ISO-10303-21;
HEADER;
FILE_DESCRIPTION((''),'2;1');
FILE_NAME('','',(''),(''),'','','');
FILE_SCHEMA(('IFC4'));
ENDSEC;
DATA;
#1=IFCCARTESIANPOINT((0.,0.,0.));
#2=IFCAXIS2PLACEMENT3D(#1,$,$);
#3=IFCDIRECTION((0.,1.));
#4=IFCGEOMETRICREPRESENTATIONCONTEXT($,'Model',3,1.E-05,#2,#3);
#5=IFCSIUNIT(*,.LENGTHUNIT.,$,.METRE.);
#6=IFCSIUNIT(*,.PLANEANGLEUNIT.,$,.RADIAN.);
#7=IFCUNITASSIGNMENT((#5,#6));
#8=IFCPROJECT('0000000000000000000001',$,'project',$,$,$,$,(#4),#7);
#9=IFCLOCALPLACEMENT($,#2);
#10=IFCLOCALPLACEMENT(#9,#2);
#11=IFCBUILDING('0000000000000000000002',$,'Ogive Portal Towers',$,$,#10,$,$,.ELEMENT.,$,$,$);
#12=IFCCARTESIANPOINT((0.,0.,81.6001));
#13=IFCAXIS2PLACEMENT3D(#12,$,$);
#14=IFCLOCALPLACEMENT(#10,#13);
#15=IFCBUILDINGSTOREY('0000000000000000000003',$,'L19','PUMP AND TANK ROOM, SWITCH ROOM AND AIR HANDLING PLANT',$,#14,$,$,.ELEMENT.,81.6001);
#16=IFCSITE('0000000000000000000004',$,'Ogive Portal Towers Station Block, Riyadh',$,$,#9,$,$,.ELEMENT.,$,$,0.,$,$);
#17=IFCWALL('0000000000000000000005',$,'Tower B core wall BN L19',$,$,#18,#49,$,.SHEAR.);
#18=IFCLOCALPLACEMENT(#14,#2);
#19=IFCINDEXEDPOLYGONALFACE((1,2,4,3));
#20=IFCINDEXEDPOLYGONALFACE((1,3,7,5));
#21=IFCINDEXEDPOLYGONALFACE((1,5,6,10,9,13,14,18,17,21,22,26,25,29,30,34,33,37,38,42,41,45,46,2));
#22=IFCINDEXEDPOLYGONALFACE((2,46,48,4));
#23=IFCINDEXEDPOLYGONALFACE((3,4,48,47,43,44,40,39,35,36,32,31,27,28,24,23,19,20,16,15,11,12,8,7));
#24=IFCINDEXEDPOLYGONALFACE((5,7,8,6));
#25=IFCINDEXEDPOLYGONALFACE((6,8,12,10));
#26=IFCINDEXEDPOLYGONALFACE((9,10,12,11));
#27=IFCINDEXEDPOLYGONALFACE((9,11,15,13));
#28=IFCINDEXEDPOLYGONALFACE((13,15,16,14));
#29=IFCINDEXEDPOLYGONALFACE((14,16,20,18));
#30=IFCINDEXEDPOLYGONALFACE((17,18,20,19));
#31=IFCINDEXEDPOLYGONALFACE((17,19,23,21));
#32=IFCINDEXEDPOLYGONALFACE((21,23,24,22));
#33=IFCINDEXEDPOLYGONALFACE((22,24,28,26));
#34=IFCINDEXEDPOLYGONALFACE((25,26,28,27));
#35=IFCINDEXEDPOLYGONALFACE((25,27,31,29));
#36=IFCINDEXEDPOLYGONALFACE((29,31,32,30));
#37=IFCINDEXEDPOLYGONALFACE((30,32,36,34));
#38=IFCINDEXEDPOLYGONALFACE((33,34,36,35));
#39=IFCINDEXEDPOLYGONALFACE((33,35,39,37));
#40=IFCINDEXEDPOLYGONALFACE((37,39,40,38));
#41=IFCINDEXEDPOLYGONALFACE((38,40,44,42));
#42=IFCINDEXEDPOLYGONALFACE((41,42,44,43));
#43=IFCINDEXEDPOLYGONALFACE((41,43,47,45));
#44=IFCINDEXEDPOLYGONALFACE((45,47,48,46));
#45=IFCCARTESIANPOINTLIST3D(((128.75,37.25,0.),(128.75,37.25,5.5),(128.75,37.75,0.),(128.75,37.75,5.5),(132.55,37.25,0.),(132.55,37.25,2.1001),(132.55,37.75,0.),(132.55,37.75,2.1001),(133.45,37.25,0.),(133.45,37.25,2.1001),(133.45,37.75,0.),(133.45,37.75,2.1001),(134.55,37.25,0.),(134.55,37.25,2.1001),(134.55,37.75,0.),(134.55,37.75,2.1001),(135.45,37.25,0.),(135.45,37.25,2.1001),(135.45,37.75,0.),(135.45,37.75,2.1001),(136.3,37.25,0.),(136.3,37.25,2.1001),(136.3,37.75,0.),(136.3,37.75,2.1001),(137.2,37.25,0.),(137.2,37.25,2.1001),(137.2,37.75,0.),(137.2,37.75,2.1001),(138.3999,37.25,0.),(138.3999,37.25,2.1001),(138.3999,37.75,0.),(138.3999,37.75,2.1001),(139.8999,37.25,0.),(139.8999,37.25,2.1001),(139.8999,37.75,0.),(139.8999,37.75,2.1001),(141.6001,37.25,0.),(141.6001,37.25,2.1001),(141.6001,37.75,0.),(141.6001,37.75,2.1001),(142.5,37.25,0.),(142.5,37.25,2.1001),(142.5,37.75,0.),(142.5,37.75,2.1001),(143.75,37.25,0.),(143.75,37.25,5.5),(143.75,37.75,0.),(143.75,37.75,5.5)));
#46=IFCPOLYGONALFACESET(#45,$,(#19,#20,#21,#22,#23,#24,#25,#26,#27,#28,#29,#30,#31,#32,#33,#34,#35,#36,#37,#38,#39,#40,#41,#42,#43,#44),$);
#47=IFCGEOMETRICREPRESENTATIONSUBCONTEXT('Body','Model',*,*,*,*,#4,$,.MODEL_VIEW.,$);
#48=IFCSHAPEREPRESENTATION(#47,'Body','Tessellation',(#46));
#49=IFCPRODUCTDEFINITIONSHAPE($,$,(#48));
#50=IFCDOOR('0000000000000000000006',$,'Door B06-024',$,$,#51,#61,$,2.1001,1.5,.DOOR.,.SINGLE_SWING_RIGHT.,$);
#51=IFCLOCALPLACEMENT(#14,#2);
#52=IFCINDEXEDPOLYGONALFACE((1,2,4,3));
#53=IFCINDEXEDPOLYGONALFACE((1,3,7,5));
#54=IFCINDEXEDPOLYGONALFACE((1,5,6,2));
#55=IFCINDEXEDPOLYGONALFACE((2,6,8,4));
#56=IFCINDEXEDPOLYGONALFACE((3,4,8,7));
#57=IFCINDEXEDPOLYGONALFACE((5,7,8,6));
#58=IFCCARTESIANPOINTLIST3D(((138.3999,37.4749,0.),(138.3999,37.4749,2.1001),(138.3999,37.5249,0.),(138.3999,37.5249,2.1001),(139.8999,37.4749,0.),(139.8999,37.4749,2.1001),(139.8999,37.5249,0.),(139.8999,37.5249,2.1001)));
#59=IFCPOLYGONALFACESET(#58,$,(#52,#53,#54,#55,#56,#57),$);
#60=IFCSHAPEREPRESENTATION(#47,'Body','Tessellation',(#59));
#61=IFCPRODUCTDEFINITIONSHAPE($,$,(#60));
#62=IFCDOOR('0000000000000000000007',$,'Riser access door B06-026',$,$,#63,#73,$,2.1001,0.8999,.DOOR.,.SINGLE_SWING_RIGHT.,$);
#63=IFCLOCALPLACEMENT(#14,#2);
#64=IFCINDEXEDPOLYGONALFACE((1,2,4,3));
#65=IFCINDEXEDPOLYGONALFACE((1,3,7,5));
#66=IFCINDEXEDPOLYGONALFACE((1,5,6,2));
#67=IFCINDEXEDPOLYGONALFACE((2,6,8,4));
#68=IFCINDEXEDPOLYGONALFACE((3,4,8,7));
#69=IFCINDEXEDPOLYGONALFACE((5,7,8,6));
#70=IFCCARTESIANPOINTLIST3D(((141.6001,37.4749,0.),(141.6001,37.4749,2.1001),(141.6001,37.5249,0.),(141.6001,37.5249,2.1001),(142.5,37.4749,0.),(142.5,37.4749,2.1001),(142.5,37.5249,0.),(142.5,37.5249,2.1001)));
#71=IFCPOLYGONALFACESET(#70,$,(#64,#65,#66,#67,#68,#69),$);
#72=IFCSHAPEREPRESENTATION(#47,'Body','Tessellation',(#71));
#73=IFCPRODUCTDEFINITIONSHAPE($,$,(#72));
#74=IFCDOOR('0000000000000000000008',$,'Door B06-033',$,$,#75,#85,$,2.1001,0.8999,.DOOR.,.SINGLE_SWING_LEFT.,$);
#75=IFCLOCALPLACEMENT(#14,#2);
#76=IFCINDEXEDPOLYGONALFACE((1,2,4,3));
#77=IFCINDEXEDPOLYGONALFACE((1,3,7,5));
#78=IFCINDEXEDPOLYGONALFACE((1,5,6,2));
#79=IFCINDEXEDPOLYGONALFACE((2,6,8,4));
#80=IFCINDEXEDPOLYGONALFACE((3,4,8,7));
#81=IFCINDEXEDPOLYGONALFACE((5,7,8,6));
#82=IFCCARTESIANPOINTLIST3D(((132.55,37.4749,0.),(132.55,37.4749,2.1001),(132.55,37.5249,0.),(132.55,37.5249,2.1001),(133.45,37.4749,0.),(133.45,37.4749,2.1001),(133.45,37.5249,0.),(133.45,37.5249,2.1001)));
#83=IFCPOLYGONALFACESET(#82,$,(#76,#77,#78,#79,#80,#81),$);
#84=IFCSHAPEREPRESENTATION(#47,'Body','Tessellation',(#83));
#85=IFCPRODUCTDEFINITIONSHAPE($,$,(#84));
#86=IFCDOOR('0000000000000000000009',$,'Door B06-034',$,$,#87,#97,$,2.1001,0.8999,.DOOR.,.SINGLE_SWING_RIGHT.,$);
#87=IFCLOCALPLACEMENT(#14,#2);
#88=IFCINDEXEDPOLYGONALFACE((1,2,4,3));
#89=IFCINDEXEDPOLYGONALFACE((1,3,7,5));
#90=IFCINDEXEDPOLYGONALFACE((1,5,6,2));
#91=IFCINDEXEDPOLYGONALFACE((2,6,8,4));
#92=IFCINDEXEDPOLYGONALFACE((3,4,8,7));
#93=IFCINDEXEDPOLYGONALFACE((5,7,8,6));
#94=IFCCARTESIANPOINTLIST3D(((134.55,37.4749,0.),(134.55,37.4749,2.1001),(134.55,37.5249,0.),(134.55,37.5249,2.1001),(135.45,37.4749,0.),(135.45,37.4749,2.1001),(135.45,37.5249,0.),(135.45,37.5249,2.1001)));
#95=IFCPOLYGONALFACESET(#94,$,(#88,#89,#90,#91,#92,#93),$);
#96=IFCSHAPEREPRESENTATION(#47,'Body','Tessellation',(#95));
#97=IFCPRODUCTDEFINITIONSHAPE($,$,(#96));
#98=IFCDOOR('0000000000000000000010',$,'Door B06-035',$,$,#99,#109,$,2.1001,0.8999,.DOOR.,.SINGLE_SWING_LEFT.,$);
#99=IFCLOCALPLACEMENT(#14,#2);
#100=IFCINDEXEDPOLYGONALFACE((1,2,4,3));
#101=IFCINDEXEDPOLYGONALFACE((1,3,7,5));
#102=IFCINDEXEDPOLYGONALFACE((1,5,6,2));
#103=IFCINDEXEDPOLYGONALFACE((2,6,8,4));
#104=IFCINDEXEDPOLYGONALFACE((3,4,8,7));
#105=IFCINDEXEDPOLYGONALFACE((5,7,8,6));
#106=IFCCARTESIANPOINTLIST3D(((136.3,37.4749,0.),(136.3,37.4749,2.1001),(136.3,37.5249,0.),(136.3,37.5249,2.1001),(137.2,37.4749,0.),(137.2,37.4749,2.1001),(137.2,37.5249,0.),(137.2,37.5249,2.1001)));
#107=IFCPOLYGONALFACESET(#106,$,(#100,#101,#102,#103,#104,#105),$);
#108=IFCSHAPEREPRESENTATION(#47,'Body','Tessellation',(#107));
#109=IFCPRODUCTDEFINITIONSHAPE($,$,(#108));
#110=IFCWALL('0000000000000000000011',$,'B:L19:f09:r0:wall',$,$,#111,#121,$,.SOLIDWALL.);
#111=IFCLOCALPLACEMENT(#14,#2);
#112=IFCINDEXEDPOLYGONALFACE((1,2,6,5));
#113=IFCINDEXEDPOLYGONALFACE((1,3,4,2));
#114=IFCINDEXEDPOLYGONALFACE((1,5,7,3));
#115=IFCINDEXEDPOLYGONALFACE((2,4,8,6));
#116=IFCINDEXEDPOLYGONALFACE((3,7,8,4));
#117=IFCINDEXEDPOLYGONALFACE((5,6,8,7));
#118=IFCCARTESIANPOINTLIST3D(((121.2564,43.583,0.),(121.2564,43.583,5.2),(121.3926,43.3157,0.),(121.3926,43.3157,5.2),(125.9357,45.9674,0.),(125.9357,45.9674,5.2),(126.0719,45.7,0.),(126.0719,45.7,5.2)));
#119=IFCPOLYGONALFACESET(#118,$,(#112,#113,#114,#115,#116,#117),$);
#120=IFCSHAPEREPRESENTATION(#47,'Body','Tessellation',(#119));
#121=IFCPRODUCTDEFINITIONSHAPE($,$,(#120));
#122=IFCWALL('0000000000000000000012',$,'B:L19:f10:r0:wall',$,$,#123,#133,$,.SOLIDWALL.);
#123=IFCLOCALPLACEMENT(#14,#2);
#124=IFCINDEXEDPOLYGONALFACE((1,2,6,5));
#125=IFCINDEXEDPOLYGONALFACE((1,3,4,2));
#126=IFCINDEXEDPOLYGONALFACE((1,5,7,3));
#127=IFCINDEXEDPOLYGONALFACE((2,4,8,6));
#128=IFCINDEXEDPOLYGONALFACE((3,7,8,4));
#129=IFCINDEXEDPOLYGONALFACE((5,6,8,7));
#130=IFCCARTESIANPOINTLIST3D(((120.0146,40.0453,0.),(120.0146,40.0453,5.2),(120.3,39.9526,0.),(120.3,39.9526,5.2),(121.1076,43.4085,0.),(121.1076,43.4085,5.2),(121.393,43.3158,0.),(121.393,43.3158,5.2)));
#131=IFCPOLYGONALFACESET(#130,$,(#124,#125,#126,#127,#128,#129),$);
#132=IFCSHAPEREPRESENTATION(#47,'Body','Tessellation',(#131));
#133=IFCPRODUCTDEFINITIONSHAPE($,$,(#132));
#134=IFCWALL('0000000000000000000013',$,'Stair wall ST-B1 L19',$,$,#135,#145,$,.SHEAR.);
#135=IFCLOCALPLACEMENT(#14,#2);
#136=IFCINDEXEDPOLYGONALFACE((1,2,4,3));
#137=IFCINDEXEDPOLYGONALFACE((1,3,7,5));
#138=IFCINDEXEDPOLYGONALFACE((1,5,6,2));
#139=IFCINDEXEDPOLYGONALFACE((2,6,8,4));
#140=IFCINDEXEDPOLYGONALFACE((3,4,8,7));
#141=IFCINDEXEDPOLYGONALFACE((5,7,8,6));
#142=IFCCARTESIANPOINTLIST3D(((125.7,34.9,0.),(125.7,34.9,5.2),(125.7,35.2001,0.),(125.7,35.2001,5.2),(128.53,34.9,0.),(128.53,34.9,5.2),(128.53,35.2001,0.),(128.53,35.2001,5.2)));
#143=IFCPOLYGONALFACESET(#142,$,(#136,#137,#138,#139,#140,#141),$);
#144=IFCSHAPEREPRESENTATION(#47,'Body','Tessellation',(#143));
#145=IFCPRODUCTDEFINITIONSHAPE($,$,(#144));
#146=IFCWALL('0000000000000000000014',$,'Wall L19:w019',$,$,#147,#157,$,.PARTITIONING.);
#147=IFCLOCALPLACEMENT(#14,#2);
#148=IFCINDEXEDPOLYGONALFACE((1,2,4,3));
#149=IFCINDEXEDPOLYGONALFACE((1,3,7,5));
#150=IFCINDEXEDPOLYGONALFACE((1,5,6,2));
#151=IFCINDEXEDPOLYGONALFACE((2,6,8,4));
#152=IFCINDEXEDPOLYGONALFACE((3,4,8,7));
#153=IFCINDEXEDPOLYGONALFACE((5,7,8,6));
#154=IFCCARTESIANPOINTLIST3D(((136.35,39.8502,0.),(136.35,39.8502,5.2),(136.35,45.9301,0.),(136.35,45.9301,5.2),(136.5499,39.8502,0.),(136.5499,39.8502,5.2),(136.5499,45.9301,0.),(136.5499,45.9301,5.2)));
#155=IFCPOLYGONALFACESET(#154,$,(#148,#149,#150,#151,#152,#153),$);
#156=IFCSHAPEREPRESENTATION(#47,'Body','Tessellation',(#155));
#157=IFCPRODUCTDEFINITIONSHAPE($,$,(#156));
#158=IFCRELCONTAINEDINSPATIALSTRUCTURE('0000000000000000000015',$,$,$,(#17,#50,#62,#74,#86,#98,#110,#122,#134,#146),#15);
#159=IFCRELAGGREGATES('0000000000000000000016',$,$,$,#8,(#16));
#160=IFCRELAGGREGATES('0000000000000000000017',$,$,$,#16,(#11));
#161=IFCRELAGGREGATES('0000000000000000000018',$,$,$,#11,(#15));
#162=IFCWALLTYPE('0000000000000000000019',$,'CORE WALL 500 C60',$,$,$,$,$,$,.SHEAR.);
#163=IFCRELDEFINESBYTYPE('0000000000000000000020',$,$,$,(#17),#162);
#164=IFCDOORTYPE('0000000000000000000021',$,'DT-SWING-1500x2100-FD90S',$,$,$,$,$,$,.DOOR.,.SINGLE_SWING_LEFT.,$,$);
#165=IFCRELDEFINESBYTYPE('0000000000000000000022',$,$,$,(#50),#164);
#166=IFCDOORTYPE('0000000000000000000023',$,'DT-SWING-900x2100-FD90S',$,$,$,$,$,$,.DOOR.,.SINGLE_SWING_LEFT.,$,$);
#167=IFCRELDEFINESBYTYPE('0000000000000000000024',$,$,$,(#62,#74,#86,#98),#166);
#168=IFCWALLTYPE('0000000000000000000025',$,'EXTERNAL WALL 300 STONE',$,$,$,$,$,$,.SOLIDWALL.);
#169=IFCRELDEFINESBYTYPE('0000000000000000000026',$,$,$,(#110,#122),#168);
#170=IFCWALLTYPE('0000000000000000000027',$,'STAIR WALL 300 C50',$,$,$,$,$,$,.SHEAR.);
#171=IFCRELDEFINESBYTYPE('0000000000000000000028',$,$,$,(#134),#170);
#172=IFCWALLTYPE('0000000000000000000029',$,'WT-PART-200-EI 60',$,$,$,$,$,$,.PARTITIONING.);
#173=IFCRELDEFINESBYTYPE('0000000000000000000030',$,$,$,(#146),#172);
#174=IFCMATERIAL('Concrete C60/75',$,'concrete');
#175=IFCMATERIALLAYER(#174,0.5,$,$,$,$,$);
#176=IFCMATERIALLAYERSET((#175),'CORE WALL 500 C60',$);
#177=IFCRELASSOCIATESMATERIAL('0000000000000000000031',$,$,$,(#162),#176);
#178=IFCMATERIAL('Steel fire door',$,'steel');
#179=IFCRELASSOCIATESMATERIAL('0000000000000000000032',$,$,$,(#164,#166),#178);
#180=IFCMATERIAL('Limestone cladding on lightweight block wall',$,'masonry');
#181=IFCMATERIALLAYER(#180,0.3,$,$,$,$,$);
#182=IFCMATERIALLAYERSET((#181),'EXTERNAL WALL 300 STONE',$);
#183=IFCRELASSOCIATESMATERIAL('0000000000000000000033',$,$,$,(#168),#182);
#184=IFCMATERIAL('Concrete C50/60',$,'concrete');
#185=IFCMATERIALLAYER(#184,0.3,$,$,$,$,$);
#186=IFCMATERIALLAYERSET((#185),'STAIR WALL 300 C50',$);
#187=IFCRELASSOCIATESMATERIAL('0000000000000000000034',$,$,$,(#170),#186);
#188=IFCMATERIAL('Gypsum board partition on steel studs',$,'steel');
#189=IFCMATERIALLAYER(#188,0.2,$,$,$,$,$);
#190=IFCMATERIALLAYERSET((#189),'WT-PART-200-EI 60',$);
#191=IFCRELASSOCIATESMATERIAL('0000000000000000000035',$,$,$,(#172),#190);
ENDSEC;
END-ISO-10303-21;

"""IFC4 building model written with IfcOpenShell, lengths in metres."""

from ifc_helpers import new_model, si_unit, direction, frame, frame_2d, origin, place, context, subcontext, project, spatial, rectangle, extrude, material, layer, layer_set, type_object, element, fill, save


model = new_model("IFC4")

# Units and contexts
model_context = context("Model", 3, precision=1e-05, world=origin(), true_north=direction((0.0, 1.0)))
body_context = subcontext(model_context, "Body", "Model", "MODEL_VIEW")
ifc_project = project(units=[si_unit("LENGTHUNIT", "METRE"), si_unit("PLANEANGLEUNIT", "RADIAN")], contexts=[model_context])

# Site, building, storey
site_placement = place(None, origin())
site = spatial("IfcSite", under=ifc_project, at=site_placement, Name="Ogive Portal Towers Station Block, Riyadh", CompositionType="ELEMENT", RefElevation=0.0)
building_placement = place(site_placement, origin())
building = spatial("IfcBuilding", under=site, at=building_placement, Name="Ogive Portal Towers", CompositionType="ELEMENT")
storey_placement = place(building_placement, frame((0.0, 0.0, 81.6001)))
storey = spatial("IfcBuildingStorey", under=building, at=storey_placement, Name="L19", Description="PUMP AND TANK ROOM, SWITCH ROOM AND AIR HANDLING PLANT", CompositionType="ELEMENT", Elevation=81.6001)

# Shared definitions
ifc_material_1 = material(Name="Concrete C50/60", Category="concrete")

# Wall, openings, doors
ifc_material_2 = material(Name="Concrete C60/75", Category="concrete")
ifc_layer_1 = layer(ifc_material_2, 0.5)
ifc_layer_set_1 = layer_set([ifc_layer_1], Name="CORE WALL 500 C60")
wall_type_1 = type_object("IfcWallType", Name="CORE WALL 500 C60", PredefinedType="SHEAR", material=ifc_layer_set_1)
wall_1_placement = place(storey_placement, frame((128.75, 37.5, 0.0), z_axis=(0.0, 0.0, 1.0), x_axis=(1.0, 0.0, 0.0)))
wall_1 = element("IfcWall", 1, at=wall_1_placement, inside=storey, type_object=wall_type_1, Name="Tower B core wall BN L19", PredefinedType="SHEAR", context=body_context, shape_type="SweptSolid", body=[
    extrude(rectangle(XDim=15.0, YDim=0.5, at=frame_2d((7.5, 0.0))), origin(), (0.0, 0.0, 1.0), 5.5),
])
opening_1_placement = place(wall_1_placement, frame((9.6499, 0.0, 0.0)))
opening_1 = element("IfcOpeningElement", 2, at=opening_1_placement, cuts=wall_1, PredefinedType="OPENING", context=body_context, shape_type="SweptSolid", body=[
    extrude(rectangle(XDim=1.5, YDim=2.1001, at=frame_2d((0.75, 1.05))), frame((0.0, 0.26, 0.0), z_axis=(0.0, -1.0, 0.0), x_axis=(1.0, 0.0, 0.0)), (0.0, 0.0, 1.0), 0.52),
])
opening_2_placement = place(wall_1_placement, frame((12.8501, 0.0, 0.0)))
opening_2 = element("IfcOpeningElement", 3, at=opening_2_placement, cuts=wall_1, PredefinedType="OPENING", context=body_context, shape_type="SweptSolid", body=[
    extrude(rectangle(XDim=0.8999, YDim=2.1001, at=frame_2d((0.45, 1.05))), frame((0.0, 0.26, 0.0), z_axis=(0.0, -1.0, 0.0), x_axis=(1.0, 0.0, 0.0)), (0.0, 0.0, 1.0), 0.52),
])
opening_3_placement = place(wall_1_placement, frame((3.8, 0.0, 0.0)))
opening_3 = element("IfcOpeningElement", 4, at=opening_3_placement, cuts=wall_1, PredefinedType="OPENING", context=body_context, shape_type="SweptSolid", body=[
    extrude(rectangle(XDim=0.8999, YDim=2.1001, at=frame_2d((0.45, 1.05))), frame((0.0, 0.26, 0.0), z_axis=(0.0, -1.0, 0.0), x_axis=(1.0, 0.0, 0.0)), (0.0, 0.0, 1.0), 0.52),
])
opening_4_placement = place(wall_1_placement, frame((5.8, 0.0, 0.0)))
opening_4 = element("IfcOpeningElement", 5, at=opening_4_placement, cuts=wall_1, PredefinedType="OPENING", context=body_context, shape_type="SweptSolid", body=[
    extrude(rectangle(XDim=0.8999, YDim=2.1001, at=frame_2d((0.45, 1.05))), frame((0.0, 0.26, 0.0), z_axis=(0.0, -1.0, 0.0), x_axis=(1.0, 0.0, 0.0)), (0.0, 0.0, 1.0), 0.52),
])
opening_5_placement = place(wall_1_placement, frame((7.55, 0.0, 0.0)))
opening_5 = element("IfcOpeningElement", 6, at=opening_5_placement, cuts=wall_1, PredefinedType="OPENING", context=body_context, shape_type="SweptSolid", body=[
    extrude(rectangle(XDim=0.8999, YDim=2.1001, at=frame_2d((0.45, 1.05))), frame((0.0, 0.26, 0.0), z_axis=(0.0, -1.0, 0.0), x_axis=(1.0, 0.0, 0.0)), (0.0, 0.0, 1.0), 0.52),
])
ifc_material_3 = material(Name="Steel fire door", Category="steel")
door_type_1 = type_object("IfcDoorType", Name="DT-SWING-1500x2100-FD90S", OperationType="SINGLE_SWING_LEFT", PredefinedType="DOOR", material=ifc_material_3)
door_1_placement = place(opening_1_placement, origin())
door_1 = element("IfcDoor", 7, at=door_1_placement, inside=storey, type_object=door_type_1, Name="Door B06-024", OperationType="SINGLE_SWING_RIGHT", OverallHeight=2.1001, OverallWidth=1.5, PredefinedType="DOOR", context=body_context, shape_type="SweptSolid", body=[
    extrude(rectangle(XDim=1.5, YDim=2.1001, at=frame_2d((0.75, 1.05))), frame((0.0, 0.0249, 0.0), z_axis=(0.0, -1.0, 0.0), x_axis=(1.0, 0.0, 0.0)), (0.0, 0.0, 1.0), 0.05),
])
fill(opening_1, door_1)
door_type_2 = type_object("IfcDoorType", Name="DT-SWING-900x2100-FD90S", OperationType="SINGLE_SWING_LEFT", PredefinedType="DOOR", material=ifc_material_3)
door_2_placement = place(opening_2_placement, origin())
door_2 = element("IfcDoor", 8, at=door_2_placement, inside=storey, type_object=door_type_2, Name="Riser access door B06-026", OperationType="SINGLE_SWING_RIGHT", OverallHeight=2.1001, OverallWidth=0.8999, PredefinedType="DOOR", context=body_context, shape_type="SweptSolid", body=[
    extrude(rectangle(XDim=0.8999, YDim=2.1001, at=frame_2d((0.45, 1.05))), frame((0.0, 0.0249, 0.0), z_axis=(0.0, -1.0, 0.0), x_axis=(1.0, 0.0, 0.0)), (0.0, 0.0, 1.0), 0.05),
])
fill(opening_2, door_2)
door_3_placement = place(opening_3_placement, origin())
door_3 = element("IfcDoor", 9, at=door_3_placement, inside=storey, type_object=door_type_2, Name="Door B06-033", OperationType="SINGLE_SWING_LEFT", OverallHeight=2.1001, OverallWidth=0.8999, PredefinedType="DOOR", context=body_context, shape_type="SweptSolid", body=[
    extrude(rectangle(XDim=0.8999, YDim=2.1001, at=frame_2d((0.45, 1.05))), frame((0.0, 0.0249, 0.0), z_axis=(0.0, -1.0, 0.0), x_axis=(1.0, 0.0, 0.0)), (0.0, 0.0, 1.0), 0.05),
])
fill(opening_3, door_3)
door_4_placement = place(opening_4_placement, origin())
door_4 = element("IfcDoor", 10, at=door_4_placement, inside=storey, type_object=door_type_2, Name="Door B06-034", OperationType="SINGLE_SWING_RIGHT", OverallHeight=2.1001, OverallWidth=0.8999, PredefinedType="DOOR", context=body_context, shape_type="SweptSolid", body=[
    extrude(rectangle(XDim=0.8999, YDim=2.1001, at=frame_2d((0.45, 1.05))), frame((0.0, 0.0249, 0.0), z_axis=(0.0, -1.0, 0.0), x_axis=(1.0, 0.0, 0.0)), (0.0, 0.0, 1.0), 0.05),
])
fill(opening_4, door_4)
door_5_placement = place(opening_5_placement, origin())
door_5 = element("IfcDoor", 11, at=door_5_placement, inside=storey, type_object=door_type_2, Name="Door B06-035", OperationType="SINGLE_SWING_LEFT", OverallHeight=2.1001, OverallWidth=0.8999, PredefinedType="DOOR", context=body_context, shape_type="SweptSolid", body=[
    extrude(rectangle(XDim=0.8999, YDim=2.1001, at=frame_2d((0.45, 1.05))), frame((0.0, 0.0249, 0.0), z_axis=(0.0, -1.0, 0.0), x_axis=(1.0, 0.0, 0.0)), (0.0, 0.0, 1.0), 0.05),
])
fill(opening_5, door_5)

# Walls
ifc_material_4 = material(Name="Limestone cladding on lightweight block wall", Category="masonry")
ifc_layer_2 = layer(ifc_material_4, 0.3)
ifc_layer_set_2 = layer_set([ifc_layer_2], Name="EXTERNAL WALL 300 STONE")
wall_type_2 = type_object("IfcWallType", Name="EXTERNAL WALL 300 STONE", PredefinedType="SOLIDWALL", material=ifc_layer_set_2)
wall_2_placement = place(storey_placement, frame((126.0039, 45.8337, 0.0), z_axis=(0.0, 0.0, 1.0), x_axis=(-0.890998, -0.454007, 0.0)))
element("IfcWall", 12, at=wall_2_placement, inside=storey, type_object=wall_type_2, Name="B:L19:f09:r0:wall", PredefinedType="SOLIDWALL", context=body_context, shape_type="SweptSolid", body=[
    extrude(rectangle(XDim=5.2517, YDim=0.3, at=frame_2d((2.626, 0.0))), origin(), (0.0, 0.0, 1.0), 5.2),
])
wall_3_placement = place(storey_placement, frame((121.2502, 43.3621, 0.0), z_axis=(0.0, 0.0, 1.0), x_axis=(-0.309074, -0.951038, 0.0)))
element("IfcWall", 13, at=wall_3_placement, inside=storey, type_object=wall_type_2, Name="B:L19:f10:r0:wall", PredefinedType="SOLIDWALL", context=body_context, shape_type="SweptSolid", body=[
    extrude(rectangle(XDim=3.5364, YDim=0.3, at=frame_2d((1.7681, 0.0))), origin(), (0.0, 0.0, 1.0), 5.2),
])
ifc_layer_3 = layer(ifc_material_1, 0.3)
ifc_layer_set_3 = layer_set([ifc_layer_3], Name="STAIR WALL 300 C50")
wall_type_3 = type_object("IfcWallType", Name="STAIR WALL 300 C50", PredefinedType="SHEAR", material=ifc_layer_set_3)
wall_4_placement = place(storey_placement, frame((125.7, 35.05, 0.0), z_axis=(0.0, 0.0, 1.0), x_axis=(1.0, 0.0, 0.0)))
element("IfcWall", 14, at=wall_4_placement, inside=storey, type_object=wall_type_3, Name="Stair wall ST-B1 L19", PredefinedType="SHEAR", context=body_context, shape_type="SweptSolid", body=[
    extrude(rectangle(XDim=2.8301, YDim=0.3, at=frame_2d((1.415, 0.0))), origin(), (0.0, 0.0, 1.0), 5.2),
])
ifc_material_5 = material(Name="Gypsum board partition on steel studs", Category="steel")
ifc_layer_4 = layer(ifc_material_5, 0.2)
ifc_layer_set_4 = layer_set([ifc_layer_4], Name="WT-PART-200-EI 60")
wall_type_4 = type_object("IfcWallType", Name="WT-PART-200-EI 60", PredefinedType="PARTITIONING", material=ifc_layer_set_4)
wall_5_placement = place(storey_placement, frame((136.45, 39.8501, 0.0), z_axis=(0.0, 0.0, 1.0), x_axis=(0.0, 1.0, 0.0)))
element("IfcWall", 15, at=wall_5_placement, inside=storey, type_object=wall_type_4, Name="Wall L19:w019", PredefinedType="PARTITIONING", context=body_context, shape_type="SweptSolid", body=[
    extrude(rectangle(XDim=6.0798, YDim=0.2, at=frame_2d((3.04, 0.0))), origin(), (0.0, 0.0, 1.0), 5.2),
])

save(model, "model.ifc")
